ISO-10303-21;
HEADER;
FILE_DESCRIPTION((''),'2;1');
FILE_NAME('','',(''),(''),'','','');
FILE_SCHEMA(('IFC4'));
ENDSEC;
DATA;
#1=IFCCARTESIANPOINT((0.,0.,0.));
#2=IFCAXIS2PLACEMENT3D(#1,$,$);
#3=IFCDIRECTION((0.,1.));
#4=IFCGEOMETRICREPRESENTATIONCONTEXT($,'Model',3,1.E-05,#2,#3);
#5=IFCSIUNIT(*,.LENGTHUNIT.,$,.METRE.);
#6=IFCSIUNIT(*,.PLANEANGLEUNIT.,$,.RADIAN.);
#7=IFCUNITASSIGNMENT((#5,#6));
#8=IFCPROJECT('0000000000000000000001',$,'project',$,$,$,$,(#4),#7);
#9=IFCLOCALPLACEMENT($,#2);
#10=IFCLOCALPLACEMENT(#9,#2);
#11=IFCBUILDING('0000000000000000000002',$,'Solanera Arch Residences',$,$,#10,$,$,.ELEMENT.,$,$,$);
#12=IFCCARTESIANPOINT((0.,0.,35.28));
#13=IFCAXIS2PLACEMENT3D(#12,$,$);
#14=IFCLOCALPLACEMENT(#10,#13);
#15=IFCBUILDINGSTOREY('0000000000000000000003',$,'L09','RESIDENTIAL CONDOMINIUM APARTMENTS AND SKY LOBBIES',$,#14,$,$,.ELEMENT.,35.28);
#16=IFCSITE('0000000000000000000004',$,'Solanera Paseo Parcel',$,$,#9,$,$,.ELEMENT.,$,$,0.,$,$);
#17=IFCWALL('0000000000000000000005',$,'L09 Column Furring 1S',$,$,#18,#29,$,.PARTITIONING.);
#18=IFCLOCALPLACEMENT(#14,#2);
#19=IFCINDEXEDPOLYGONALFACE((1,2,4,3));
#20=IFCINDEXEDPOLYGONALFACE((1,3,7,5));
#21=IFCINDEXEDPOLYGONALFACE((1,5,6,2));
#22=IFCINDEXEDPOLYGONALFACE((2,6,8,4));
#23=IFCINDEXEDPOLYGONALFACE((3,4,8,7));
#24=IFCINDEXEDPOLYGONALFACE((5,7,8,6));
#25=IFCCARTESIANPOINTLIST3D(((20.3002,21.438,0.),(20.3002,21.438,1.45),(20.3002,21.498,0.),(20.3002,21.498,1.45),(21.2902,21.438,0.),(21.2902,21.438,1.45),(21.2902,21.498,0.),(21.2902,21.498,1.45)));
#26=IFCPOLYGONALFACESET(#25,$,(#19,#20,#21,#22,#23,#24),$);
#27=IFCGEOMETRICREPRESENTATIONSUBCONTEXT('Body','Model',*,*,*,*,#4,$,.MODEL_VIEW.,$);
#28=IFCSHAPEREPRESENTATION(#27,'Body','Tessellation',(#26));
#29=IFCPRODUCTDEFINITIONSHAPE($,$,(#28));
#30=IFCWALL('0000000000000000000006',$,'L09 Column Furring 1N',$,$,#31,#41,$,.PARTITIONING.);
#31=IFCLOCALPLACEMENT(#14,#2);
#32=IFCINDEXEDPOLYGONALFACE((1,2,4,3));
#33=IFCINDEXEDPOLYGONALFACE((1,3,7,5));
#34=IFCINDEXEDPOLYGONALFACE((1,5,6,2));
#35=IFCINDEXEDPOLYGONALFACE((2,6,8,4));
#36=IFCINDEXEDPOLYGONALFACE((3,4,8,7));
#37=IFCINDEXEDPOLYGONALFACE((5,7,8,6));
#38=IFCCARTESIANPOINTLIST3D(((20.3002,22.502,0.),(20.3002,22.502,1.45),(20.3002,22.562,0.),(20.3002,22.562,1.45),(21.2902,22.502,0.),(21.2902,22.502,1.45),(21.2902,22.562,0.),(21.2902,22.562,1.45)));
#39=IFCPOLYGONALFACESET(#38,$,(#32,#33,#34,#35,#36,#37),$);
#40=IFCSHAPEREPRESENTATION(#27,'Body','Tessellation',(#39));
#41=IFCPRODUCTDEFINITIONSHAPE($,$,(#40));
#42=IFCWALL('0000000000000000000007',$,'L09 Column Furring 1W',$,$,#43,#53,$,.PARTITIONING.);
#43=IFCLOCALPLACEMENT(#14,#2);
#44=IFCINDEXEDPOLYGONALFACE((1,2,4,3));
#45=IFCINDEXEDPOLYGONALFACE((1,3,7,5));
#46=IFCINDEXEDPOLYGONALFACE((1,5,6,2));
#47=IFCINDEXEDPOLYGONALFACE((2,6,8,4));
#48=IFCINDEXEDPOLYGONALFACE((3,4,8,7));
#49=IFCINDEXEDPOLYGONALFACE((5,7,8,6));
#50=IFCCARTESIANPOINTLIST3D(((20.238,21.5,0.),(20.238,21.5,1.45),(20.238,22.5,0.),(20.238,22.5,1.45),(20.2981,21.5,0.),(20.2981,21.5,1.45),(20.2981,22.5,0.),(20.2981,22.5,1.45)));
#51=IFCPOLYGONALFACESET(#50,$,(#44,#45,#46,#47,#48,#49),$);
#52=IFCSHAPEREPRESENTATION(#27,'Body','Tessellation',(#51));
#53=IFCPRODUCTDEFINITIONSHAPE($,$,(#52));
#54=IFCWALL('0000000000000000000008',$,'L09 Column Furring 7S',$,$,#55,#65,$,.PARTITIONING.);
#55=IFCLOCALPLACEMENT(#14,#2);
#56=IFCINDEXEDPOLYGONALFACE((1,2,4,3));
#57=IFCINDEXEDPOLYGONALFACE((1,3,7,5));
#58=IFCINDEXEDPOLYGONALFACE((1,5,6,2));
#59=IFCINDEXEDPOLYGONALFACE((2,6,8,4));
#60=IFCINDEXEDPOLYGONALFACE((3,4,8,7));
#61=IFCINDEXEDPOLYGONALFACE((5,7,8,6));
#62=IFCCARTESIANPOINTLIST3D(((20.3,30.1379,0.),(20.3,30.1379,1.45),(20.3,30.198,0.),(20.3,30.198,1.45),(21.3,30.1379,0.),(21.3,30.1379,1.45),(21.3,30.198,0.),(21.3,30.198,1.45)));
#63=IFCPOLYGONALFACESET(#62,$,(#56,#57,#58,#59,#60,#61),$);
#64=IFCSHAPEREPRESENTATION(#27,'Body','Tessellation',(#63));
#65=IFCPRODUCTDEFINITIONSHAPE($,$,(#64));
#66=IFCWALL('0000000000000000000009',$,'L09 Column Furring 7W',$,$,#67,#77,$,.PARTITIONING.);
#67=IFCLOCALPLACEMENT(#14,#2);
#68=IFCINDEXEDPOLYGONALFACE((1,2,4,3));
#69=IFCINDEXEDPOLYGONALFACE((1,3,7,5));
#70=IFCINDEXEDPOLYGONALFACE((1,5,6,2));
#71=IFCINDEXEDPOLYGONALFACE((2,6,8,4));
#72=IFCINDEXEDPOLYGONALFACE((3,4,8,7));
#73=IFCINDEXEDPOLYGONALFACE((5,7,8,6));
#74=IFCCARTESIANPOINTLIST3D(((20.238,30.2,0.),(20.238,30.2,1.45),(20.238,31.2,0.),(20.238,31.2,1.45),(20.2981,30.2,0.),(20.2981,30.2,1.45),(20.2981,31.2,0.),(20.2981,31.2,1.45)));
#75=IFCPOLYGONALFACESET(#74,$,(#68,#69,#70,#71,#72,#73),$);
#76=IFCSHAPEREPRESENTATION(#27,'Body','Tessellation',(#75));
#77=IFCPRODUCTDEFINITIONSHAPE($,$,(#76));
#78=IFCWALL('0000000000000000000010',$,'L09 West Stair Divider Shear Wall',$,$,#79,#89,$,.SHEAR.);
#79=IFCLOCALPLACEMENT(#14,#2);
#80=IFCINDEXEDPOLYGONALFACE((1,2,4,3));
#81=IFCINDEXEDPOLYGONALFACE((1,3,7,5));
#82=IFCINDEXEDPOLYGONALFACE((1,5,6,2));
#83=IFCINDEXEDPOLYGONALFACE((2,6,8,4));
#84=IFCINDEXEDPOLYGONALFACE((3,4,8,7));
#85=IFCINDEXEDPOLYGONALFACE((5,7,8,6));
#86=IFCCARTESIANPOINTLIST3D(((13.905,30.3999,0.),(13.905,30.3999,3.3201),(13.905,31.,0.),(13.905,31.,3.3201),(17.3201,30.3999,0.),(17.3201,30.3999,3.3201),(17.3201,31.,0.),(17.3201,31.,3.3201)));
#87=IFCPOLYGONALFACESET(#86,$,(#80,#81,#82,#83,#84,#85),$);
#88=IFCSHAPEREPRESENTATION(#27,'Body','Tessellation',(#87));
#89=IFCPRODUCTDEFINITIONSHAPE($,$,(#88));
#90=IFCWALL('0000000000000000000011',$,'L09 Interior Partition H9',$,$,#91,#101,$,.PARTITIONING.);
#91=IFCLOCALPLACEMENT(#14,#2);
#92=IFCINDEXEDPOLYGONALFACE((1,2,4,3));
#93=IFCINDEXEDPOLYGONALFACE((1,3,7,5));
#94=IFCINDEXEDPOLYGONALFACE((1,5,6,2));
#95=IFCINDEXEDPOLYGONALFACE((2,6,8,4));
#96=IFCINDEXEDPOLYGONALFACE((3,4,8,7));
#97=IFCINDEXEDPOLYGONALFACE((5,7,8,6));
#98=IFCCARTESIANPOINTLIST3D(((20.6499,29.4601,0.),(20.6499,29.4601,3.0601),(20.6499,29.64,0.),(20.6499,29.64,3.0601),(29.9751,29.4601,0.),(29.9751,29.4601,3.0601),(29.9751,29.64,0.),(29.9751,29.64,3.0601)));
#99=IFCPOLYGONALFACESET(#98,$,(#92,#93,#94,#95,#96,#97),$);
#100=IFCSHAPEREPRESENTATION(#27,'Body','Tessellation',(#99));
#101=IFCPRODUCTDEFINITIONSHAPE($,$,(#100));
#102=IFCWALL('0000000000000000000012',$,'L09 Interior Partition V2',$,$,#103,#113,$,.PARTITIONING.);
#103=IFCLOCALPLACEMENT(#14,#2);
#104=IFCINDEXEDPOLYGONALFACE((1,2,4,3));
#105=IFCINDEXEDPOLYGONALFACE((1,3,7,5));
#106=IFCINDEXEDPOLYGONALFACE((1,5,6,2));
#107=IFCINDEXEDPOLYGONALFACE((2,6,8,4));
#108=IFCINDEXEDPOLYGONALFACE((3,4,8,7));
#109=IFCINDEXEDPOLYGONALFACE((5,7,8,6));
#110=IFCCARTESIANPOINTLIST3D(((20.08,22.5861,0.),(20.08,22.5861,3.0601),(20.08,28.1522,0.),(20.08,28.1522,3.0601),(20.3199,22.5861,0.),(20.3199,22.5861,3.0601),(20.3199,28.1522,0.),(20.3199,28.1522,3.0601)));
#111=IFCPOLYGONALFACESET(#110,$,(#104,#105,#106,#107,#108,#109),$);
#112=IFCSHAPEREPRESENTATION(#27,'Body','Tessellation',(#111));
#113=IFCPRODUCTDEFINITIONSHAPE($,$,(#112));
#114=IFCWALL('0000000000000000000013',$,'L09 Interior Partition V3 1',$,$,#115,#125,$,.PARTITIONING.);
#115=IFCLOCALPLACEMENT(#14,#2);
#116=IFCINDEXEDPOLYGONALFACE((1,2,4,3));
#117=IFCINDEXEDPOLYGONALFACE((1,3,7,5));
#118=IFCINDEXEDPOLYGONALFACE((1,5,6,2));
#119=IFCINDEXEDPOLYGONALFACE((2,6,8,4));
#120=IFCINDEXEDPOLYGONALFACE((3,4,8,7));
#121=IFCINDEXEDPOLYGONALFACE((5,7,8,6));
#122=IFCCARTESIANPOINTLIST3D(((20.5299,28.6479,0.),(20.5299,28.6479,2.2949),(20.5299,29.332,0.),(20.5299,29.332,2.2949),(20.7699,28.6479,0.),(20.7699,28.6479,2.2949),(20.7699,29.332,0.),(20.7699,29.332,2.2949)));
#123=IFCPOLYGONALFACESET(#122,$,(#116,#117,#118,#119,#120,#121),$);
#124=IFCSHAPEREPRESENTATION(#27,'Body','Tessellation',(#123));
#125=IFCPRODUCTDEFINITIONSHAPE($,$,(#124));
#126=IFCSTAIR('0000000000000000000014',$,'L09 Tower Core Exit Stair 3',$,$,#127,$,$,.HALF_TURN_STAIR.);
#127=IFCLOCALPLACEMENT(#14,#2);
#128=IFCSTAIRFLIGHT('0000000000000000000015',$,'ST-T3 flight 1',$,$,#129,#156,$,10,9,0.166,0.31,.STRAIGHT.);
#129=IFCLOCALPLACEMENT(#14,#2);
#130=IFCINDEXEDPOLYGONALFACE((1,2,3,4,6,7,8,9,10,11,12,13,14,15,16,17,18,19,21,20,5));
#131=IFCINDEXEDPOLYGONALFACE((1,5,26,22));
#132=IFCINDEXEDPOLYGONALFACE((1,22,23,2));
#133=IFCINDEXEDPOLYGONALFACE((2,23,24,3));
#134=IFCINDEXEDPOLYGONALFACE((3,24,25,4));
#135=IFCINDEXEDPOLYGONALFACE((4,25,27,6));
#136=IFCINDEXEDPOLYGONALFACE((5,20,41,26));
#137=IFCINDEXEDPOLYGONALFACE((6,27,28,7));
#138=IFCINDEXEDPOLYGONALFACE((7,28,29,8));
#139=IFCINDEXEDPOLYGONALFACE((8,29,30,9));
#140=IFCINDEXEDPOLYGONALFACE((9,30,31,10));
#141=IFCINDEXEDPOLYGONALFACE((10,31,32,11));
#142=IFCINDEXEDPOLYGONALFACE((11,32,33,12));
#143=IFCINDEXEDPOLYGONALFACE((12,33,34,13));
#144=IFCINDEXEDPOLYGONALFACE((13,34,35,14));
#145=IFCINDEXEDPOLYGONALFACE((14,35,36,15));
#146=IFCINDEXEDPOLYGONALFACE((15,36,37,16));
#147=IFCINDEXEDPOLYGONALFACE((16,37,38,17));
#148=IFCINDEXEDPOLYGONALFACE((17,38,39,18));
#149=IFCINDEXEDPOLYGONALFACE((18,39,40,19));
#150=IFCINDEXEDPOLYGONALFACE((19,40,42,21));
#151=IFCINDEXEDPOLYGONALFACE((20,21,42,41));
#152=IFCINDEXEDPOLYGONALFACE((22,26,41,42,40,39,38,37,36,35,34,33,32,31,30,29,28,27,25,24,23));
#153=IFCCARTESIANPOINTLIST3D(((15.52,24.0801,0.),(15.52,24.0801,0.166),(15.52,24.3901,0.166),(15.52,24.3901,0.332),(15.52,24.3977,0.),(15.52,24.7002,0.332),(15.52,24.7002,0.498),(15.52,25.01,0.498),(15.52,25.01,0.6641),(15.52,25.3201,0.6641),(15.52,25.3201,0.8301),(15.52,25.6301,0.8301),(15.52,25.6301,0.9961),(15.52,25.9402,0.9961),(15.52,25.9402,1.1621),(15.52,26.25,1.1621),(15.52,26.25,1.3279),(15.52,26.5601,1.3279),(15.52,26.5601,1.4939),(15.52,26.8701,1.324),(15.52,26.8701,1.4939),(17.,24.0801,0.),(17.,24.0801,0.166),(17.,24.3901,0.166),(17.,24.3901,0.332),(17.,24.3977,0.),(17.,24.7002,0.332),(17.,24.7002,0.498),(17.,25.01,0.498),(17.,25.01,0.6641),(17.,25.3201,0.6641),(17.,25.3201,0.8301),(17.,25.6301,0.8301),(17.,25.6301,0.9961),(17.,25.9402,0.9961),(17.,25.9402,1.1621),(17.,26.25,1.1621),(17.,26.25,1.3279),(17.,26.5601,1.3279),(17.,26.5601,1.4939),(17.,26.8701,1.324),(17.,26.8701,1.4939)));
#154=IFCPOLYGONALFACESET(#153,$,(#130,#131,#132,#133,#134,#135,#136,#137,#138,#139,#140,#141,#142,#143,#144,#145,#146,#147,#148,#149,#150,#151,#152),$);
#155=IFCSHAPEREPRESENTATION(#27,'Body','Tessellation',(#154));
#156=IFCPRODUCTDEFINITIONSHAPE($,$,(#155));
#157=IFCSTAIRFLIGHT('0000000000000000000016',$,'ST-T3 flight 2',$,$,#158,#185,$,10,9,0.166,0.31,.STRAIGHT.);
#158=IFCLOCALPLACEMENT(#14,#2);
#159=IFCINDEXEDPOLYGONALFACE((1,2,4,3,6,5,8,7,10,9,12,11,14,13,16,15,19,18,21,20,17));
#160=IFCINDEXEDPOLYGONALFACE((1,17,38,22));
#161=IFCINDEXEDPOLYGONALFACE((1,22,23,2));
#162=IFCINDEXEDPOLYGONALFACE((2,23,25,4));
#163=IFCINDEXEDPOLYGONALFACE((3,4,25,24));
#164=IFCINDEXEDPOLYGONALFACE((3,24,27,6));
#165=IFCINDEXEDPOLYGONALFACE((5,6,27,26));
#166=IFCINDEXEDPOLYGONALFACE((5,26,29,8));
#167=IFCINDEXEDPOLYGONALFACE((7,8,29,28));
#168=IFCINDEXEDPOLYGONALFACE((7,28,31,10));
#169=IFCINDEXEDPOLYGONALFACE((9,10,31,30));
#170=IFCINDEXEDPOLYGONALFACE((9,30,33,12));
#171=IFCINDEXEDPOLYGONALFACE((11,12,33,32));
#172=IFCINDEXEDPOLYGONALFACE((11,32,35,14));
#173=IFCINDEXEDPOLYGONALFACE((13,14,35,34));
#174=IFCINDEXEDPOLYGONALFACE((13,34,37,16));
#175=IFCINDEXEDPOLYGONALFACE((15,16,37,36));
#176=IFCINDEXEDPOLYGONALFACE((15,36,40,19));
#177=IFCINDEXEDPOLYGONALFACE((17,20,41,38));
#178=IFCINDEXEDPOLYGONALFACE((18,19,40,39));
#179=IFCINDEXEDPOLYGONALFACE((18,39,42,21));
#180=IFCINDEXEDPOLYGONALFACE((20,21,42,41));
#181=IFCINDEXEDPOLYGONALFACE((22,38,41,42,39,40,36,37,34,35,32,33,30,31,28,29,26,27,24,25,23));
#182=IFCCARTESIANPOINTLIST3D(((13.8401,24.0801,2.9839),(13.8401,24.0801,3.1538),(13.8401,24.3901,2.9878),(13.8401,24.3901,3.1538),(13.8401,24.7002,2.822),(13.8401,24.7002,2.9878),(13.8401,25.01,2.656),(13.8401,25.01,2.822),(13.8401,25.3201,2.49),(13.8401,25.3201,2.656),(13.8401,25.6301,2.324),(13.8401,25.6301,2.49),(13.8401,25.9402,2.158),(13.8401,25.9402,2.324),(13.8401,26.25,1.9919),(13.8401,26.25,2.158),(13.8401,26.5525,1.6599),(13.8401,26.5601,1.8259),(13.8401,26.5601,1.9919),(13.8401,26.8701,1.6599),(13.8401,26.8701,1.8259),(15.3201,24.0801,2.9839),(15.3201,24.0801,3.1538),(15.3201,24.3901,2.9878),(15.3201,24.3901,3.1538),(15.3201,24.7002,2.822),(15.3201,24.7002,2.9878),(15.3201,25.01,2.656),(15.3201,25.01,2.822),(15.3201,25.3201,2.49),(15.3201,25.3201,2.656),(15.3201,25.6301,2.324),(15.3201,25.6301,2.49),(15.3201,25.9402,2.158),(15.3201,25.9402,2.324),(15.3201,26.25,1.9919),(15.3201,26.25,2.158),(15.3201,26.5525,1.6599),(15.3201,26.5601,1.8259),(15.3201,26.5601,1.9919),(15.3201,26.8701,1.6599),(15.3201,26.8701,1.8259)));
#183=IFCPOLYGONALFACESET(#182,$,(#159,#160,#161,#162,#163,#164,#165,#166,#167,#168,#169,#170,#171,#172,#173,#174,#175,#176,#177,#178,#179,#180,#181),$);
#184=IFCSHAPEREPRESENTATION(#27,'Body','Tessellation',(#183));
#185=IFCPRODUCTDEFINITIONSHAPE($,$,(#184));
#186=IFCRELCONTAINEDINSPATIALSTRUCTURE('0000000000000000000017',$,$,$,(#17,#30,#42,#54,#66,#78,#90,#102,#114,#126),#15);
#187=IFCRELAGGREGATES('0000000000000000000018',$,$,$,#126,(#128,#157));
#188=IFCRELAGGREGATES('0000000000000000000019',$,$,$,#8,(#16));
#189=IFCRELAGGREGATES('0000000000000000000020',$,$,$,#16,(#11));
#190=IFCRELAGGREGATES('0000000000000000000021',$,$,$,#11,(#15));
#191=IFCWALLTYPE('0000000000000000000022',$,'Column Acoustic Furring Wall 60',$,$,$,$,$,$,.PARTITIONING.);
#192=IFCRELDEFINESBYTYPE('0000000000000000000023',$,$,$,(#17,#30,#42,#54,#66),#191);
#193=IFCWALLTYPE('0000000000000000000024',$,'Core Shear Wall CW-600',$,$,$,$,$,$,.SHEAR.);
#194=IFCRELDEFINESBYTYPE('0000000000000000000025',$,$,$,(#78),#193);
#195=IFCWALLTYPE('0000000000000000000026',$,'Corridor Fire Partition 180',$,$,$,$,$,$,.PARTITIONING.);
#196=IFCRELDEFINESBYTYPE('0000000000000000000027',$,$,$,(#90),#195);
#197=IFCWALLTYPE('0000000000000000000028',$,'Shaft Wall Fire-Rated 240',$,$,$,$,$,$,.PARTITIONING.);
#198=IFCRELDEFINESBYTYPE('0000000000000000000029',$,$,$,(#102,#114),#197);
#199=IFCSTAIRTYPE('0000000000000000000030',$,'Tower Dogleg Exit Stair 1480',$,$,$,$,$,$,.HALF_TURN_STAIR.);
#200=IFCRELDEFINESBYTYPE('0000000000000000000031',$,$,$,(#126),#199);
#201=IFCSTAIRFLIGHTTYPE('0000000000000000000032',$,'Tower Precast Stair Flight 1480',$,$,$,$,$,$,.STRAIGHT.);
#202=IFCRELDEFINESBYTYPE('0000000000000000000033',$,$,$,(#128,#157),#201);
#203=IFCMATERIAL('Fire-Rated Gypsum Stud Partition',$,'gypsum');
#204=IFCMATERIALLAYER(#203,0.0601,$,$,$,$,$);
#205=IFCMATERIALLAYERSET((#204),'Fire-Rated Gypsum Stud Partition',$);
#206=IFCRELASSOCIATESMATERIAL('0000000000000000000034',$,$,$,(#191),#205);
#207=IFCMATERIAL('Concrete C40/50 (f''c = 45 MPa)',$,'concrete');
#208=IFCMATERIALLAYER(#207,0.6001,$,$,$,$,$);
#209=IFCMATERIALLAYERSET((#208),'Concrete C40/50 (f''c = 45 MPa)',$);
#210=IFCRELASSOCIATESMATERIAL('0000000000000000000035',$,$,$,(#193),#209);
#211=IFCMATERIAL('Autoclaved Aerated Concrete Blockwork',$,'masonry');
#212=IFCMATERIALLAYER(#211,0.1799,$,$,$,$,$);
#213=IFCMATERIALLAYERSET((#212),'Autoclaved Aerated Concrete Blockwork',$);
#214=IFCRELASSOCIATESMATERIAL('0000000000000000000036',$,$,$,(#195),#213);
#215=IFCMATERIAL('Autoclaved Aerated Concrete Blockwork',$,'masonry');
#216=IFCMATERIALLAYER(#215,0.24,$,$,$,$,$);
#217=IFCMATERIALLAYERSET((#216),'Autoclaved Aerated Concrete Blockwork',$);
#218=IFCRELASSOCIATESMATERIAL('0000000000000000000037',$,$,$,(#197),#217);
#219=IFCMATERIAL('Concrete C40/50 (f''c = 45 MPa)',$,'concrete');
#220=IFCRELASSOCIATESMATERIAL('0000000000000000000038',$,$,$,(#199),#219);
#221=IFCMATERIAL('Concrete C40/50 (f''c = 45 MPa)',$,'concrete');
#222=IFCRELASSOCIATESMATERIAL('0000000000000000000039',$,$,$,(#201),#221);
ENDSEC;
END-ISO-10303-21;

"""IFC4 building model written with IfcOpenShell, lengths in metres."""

from ifc_helpers import new_model, si_unit, direction, frame, frame_2d, origin, place, context, subcontext, project, spatial, polyline, rectangle, outline, extrude, material, layer, layer_set, type_object, element, aggregate, save


model = new_model("IFC4")

# Units and contexts
model_context = context("Model", 3, precision=1e-05, world=origin(), true_north=direction((0.0, 1.0)))
body_context = subcontext(model_context, "Body", "Model", "MODEL_VIEW")
ifc_project = project(units=[si_unit("LENGTHUNIT", "METRE"), si_unit("PLANEANGLEUNIT", "RADIAN")], contexts=[model_context])

# Site, building, storey
site_placement = place(None, origin())
site = spatial("IfcSite", under=ifc_project, at=site_placement, Name="Solanera Paseo Parcel", CompositionType="ELEMENT", RefElevation=0.0)
building_placement = place(site_placement, origin())
building = spatial("IfcBuilding", under=site, at=building_placement, Name="Solanera Arch Residences", CompositionType="ELEMENT")
storey_placement = place(building_placement, frame((0.0, 0.0, 35.28)))
storey = spatial("IfcBuildingStorey", under=building, at=storey_placement, Name="L09", Description="RESIDENTIAL CONDOMINIUM APARTMENTS AND SKY LOBBIES", CompositionType="ELEMENT", Elevation=35.28)

# Walls
ifc_material_1 = material(Name="Fire-Rated Gypsum Stud Partition", Category="gypsum")
ifc_layer_1 = layer(ifc_material_1, 0.0601)
ifc_layer_set_1 = layer_set([ifc_layer_1], Name="Fire-Rated Gypsum Stud Partition")
wall_type_1 = type_object("IfcWallType", Name="Column Acoustic Furring Wall 60", PredefinedType="PARTITIONING", material=ifc_layer_set_1)
for number, where, z_axis, x_axis, name in (
    (1, (20.3, 21.468, 0.0), (0.0, 0.0, 1.0), (1.0, 0.0, 0.0), "L09 Column Furring 1S"),
    (2, (20.3, 22.532, 0.0), (0.0, 0.0, 1.0), (1.0, 0.0, 0.0), "L09 Column Furring 1N"),
):
    element("IfcWall", number, at=place(storey_placement, frame(where, z_axis=z_axis, x_axis=x_axis)), inside=storey, type_object=wall_type_1, Name=name, PredefinedType="PARTITIONING", context=body_context, shape_type="SweptSolid", body=[
        extrude(rectangle(XDim=0.99, YDim=0.0601, at=frame_2d((0.4951, 0.0))), origin(), (0.0, 0.0, 1.0), 1.45),
    ])
for number, where, z_axis, x_axis, name in (
    (3, (20.2681, 21.5, 0.0), (0.0, 0.0, 1.0), (0.0, 1.0, 0.0), "L09 Column Furring 1W"),
    (4, (20.3, 30.168, 0.0), (0.0, 0.0, 1.0), (1.0, 0.0, 0.0), "L09 Column Furring 7S"),
    (5, (20.2681, 30.2, 0.0), (0.0, 0.0, 1.0), (0.0, 1.0, 0.0), "L09 Column Furring 7W"),
):
    element("IfcWall", number, at=place(storey_placement, frame(where, z_axis=z_axis, x_axis=x_axis)), inside=storey, type_object=wall_type_1, Name=name, PredefinedType="PARTITIONING", context=body_context, shape_type="SweptSolid", body=[
        extrude(rectangle(XDim=1.0, YDim=0.0601, at=frame_2d((0.5, 0.0))), origin(), (0.0, 0.0, 1.0), 1.45),
    ])

# Walls
ifc_material_2 = material(Name="Concrete C40/50 (f'c = 45 MPa)", Category="concrete")
ifc_layer_2 = layer(ifc_material_2, 0.6001)
ifc_layer_set_2 = layer_set([ifc_layer_2], Name="Concrete C40/50 (f'c = 45 MPa)")
wall_type_2 = type_object("IfcWallType", Name="Core Shear Wall CW-600", PredefinedType="SHEAR", material=ifc_layer_set_2)
wall_1_placement = place(storey_placement, frame((13.905, 30.7, 0.0), z_axis=(0.0, 0.0, 1.0), x_axis=(1.0, 0.0, 0.0)))
element("IfcWall", 6, at=wall_1_placement, inside=storey, type_object=wall_type_2, Name="L09 West Stair Divider Shear Wall", PredefinedType="SHEAR", context=body_context, shape_type="SweptSolid", body=[
    extrude(rectangle(XDim=3.415, YDim=0.6001, at=frame_2d((1.7075, 0.0))), origin(), (0.0, 0.0, 1.0), 3.3201),
])
ifc_material_3 = material(Name="Autoclaved Aerated Concrete Blockwork", Category="masonry")
ifc_layer_3 = layer(ifc_material_3, 0.1799)
ifc_layer_set_3 = layer_set([ifc_layer_3], Name="Autoclaved Aerated Concrete Blockwork")
wall_type_3 = type_object("IfcWallType", Name="Corridor Fire Partition 180", PredefinedType="PARTITIONING", material=ifc_layer_set_3)
wall_2_placement = place(storey_placement, frame((20.6499, 29.55, 0.0), z_axis=(0.0, 0.0, 1.0), x_axis=(1.0, 0.0, 0.0)))
element("IfcWall", 7, at=wall_2_placement, inside=storey, type_object=wall_type_3, Name="L09 Interior Partition H9", PredefinedType="PARTITIONING", context=body_context, shape_type="SweptSolid", body=[
    extrude(rectangle(XDim=9.3252, YDim=0.1799, at=frame_2d((4.6626, 0.0))), origin(), (0.0, 0.0, 1.0), 3.0601),
])

# Shared definitions
ifc_material_4 = material(Name="Autoclaved Aerated Concrete Blockwork", Category="masonry")
ifc_layer_4 = layer(ifc_material_4, 0.24)
ifc_layer_set_4 = layer_set([ifc_layer_4], Name="Autoclaved Aerated Concrete Blockwork")
wall_type_4 = type_object("IfcWallType", Name="Shaft Wall Fire-Rated 240", PredefinedType="PARTITIONING", material=ifc_layer_set_4)

# Walls
wall_3_placement = place(storey_placement, frame((20.2, 22.5859, 0.0), z_axis=(0.0, 0.0, 1.0), x_axis=(0.0, 1.0, 0.0)))
element("IfcWall", 8, at=wall_3_placement, inside=storey, type_object=wall_type_4, Name="L09 Interior Partition V2", PredefinedType="PARTITIONING", context=body_context, shape_type="SweptSolid", body=[
    extrude(rectangle(XDim=5.5662, YDim=0.24, at=frame_2d((2.7832, 0.0))), origin(), (0.0, 0.0, 1.0), 3.0601),
])
wall_4_placement = place(storey_placement, frame((20.6499, 28.6479, 0.0), z_axis=(0.0, 0.0, 1.0), x_axis=(0.0, 1.0, 0.0)))
element("IfcWall", 9, at=wall_4_placement, inside=storey, type_object=wall_type_4, Name="L09 Interior Partition V3 1", PredefinedType="PARTITIONING", context=body_context, shape_type="SweptSolid", body=[
    extrude(rectangle(XDim=0.6841, YDim=0.24, at=frame_2d((0.342, 0.0))), origin(), (0.0, 0.0, 1.0), 2.2949),
])

# Stair, stair flights
ifc_material_5 = material(Name="Concrete C40/50 (f'c = 45 MPa)", Category="concrete")
stair_type = type_object("IfcStairType", Name="Tower Dogleg Exit Stair 1480", PredefinedType="HALF_TURN_STAIR", material=ifc_material_5)
stair_placement = place(storey_placement, origin())
stair = element("IfcStair", 10, at=stair_placement, inside=storey, type_object=stair_type, Name="L09 Tower Core Exit Stair 3", PredefinedType="HALF_TURN_STAIR")
ifc_material_6 = material(Name="Concrete C40/50 (f'c = 45 MPa)", Category="concrete")
stair_flight_type = type_object("IfcStairFlightType", Name="Tower Precast Stair Flight 1480", PredefinedType="STRAIGHT", material=ifc_material_6)
stair_flight_1_placement = place(storey_placement, frame((16.26, 24.0801, 0.0), z_axis=(0.0, 0.0, 1.0), x_axis=(0.0, 1.0, 0.0)))
stair_flight_1 = element("IfcStairFlight", 11, at=stair_flight_1_placement, type_object=stair_flight_type, Name="ST-T3 flight 1", NumberOfRisers=10, NumberOfTreads=9, PredefinedType="STRAIGHT", RiserHeight=0.166, TreadLength=0.31, context=body_context, shape_type="SweptSolid", body=[
    extrude(outline(polyline([(0.0, 0.0), (0.0, 0.166), (0.3101, 0.166), (0.3101, 0.332), (0.6201, 0.332), (0.6201, 0.498), (0.9299, 0.498), (0.9299, 0.6641), (1.24, 0.6641), (1.24, 0.8301), (1.55, 0.8301), (1.55, 0.9961), (1.8601, 0.9961), (1.8601, 1.1621), (2.1699, 1.1621), (2.1699, 1.3279), (2.48, 1.3279), (2.48, 1.4939), (2.79, 1.4939), (2.79, 1.6599), (2.79, 1.324), (0.3176, 0.0), (0.0, 0.0)])), frame((0.0, 0.74, 0.0), z_axis=(0.0, -1.0, 0.0), x_axis=(1.0, 0.0, 0.0)), (0.0, 0.0, 1.0), 1.48),
])
stair_flight_2_placement = place(storey_placement, frame((14.5801, 26.8701, 1.6599), z_axis=(0.0, 0.0, 1.0), x_axis=(0.0, -1.0, 0.0)))
stair_flight_2 = element("IfcStairFlight", 12, at=stair_flight_2_placement, type_object=stair_flight_type, Name="ST-T3 flight 2", NumberOfRisers=10, NumberOfTreads=9, PredefinedType="STRAIGHT", RiserHeight=0.166, TreadLength=0.31, context=body_context, shape_type="SweptSolid", body=[
    extrude(outline(polyline([(0.0, 0.0), (0.0, 0.166), (0.3101, 0.166), (0.3101, 0.332), (0.6201, 0.332), (0.6201, 0.498), (0.9299, 0.498), (0.9299, 0.6641), (1.24, 0.6641), (1.24, 0.8301), (1.55, 0.8301), (1.55, 0.9961), (1.8601, 0.9961), (1.8601, 1.1621), (2.1699, 1.1621), (2.1699, 1.3279), (2.48, 1.3279), (2.48, 1.4939), (2.79, 1.4939), (2.79, 1.6599), (2.79, 1.324), (0.3176, 0.0), (0.0, 0.0)])), frame((0.0, 0.74, 0.0), z_axis=(0.0, -1.0, 0.0), x_axis=(1.0, 0.0, 0.0)), (0.0, 0.0, 1.0), 1.48),
])
aggregate(stair, [stair_flight_1, stair_flight_2])

save(model, "model.ifc")
